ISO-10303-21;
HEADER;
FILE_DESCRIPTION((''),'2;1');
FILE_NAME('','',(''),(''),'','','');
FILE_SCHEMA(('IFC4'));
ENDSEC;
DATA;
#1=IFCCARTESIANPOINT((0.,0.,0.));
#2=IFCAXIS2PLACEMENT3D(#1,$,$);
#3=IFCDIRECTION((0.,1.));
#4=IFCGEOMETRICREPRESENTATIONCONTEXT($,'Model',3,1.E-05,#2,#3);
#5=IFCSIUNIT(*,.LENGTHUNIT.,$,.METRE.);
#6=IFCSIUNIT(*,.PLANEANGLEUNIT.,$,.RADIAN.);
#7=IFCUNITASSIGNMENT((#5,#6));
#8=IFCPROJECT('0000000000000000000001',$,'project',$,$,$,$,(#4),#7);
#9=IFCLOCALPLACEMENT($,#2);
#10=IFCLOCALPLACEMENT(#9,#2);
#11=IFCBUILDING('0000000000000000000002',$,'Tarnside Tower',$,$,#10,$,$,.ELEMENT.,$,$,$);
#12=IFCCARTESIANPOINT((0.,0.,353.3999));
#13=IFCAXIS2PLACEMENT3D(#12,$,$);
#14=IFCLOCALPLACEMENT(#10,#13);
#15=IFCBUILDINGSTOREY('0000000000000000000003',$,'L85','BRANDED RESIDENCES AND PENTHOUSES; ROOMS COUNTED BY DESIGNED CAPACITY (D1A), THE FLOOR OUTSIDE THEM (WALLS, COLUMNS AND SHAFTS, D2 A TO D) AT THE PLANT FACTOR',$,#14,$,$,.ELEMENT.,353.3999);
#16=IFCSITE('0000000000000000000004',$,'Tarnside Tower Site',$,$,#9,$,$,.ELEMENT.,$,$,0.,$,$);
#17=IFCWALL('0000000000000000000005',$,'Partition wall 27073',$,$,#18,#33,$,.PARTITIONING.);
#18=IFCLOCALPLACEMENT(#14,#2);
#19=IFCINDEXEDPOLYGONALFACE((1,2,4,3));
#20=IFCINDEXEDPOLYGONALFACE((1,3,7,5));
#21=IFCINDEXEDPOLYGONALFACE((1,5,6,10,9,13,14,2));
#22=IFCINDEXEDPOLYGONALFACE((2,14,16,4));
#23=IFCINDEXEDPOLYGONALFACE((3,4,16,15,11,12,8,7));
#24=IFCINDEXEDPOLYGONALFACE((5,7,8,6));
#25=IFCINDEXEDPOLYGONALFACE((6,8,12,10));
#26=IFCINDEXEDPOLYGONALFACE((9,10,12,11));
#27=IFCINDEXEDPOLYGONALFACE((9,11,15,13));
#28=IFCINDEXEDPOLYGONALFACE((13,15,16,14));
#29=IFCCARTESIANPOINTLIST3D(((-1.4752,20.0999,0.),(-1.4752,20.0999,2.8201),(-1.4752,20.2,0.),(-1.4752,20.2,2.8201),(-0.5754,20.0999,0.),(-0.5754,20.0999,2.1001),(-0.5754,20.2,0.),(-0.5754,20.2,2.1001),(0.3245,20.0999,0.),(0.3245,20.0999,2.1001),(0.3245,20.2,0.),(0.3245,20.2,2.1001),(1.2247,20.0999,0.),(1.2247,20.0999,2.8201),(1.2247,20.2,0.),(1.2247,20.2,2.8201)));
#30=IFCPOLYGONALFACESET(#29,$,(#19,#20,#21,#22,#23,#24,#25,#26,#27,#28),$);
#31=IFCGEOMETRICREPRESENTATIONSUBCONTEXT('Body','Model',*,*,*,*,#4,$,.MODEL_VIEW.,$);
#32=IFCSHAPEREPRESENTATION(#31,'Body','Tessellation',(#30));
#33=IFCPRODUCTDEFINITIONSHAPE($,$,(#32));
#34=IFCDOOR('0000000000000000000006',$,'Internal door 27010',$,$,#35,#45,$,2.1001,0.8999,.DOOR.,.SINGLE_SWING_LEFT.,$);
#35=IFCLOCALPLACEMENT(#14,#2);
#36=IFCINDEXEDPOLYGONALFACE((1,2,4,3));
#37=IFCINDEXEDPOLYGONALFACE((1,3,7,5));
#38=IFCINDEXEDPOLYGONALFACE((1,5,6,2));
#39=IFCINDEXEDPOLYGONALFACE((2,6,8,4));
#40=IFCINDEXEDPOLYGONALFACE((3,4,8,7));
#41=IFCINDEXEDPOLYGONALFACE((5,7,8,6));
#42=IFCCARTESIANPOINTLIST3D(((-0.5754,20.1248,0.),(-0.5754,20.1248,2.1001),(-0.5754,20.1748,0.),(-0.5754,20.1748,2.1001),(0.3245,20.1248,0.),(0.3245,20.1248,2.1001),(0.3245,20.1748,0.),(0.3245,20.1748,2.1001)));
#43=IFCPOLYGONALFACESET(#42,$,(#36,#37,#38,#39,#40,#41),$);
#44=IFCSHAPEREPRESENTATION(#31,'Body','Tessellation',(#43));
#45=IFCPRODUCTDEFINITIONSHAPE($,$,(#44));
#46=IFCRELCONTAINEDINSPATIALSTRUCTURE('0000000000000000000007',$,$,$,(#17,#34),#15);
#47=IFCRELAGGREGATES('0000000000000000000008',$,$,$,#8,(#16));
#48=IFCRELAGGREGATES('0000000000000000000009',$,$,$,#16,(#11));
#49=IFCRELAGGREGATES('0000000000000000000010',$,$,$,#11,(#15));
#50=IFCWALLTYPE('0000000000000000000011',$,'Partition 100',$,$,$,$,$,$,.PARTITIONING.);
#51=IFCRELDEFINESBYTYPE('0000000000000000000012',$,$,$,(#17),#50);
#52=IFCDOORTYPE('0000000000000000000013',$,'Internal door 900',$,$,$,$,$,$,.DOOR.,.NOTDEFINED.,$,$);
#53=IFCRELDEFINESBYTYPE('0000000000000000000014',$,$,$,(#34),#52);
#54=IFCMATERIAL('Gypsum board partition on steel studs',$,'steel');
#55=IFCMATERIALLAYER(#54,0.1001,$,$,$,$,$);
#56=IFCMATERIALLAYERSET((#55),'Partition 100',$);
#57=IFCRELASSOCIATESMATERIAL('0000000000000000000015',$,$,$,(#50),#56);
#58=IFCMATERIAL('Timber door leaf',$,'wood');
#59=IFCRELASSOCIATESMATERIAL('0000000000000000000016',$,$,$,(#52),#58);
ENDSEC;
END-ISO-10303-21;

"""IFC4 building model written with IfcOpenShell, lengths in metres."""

from ifc_helpers import new_model, si_unit, direction, frame, frame_2d, origin, place, context, subcontext, project, spatial, rectangle, extrude, material, layer, layer_set, type_object, element, fill, save


model = new_model("IFC4")

# Units and contexts
model_context = context("Model", 3, precision=1e-05, world=origin(), true_north=direction((0.0, 1.0)))
body_context = subcontext(model_context, "Body", "Model", "MODEL_VIEW")
ifc_project = project(units=[si_unit("LENGTHUNIT", "METRE"), si_unit("PLANEANGLEUNIT", "RADIAN")], contexts=[model_context])

# Site, building, storey
site_placement = place(None, origin())
site = spatial("IfcSite", under=ifc_project, at=site_placement, Name="Tarnside Tower Site", CompositionType="ELEMENT", RefElevation=0.0)
building_placement = place(site_placement, origin())
building = spatial("IfcBuilding", under=site, at=building_placement, Name="Tarnside Tower", CompositionType="ELEMENT")
storey_placement = place(building_placement, frame((0.0, 0.0, 353.3999)))
storey = spatial("IfcBuildingStorey", under=building, at=storey_placement, Name="L85", Description="BRANDED RESIDENCES AND PENTHOUSES; ROOMS COUNTED BY DESIGNED CAPACITY (D1A), THE FLOOR OUTSIDE THEM (WALLS, COLUMNS AND SHAFTS, D2 A TO D) AT THE PLANT FACTOR", CompositionType="ELEMENT", Elevation=353.3999)

# Shared definitions
ifc_material_1 = material(Name="Gypsum board partition on steel studs", Category="steel")
ifc_material_2 = material(Name="Timber door leaf", Category="wood")

# Shared definitions
ifc_layer_1 = layer(ifc_material_1, 0.1001)
ifc_layer_set_1 = layer_set([ifc_layer_1], Name="Partition 100")
wall_type_1 = type_object("IfcWallType", Name="Partition 100", PredefinedType="PARTITIONING", material=ifc_layer_set_1)

# Wall, opening, door
wall_1_placement = place(storey_placement, frame((-1.4753, 20.1499, 0.0), z_axis=(0.0, 0.0, 1.0), x_axis=(1.0, 0.0, 0.0)))
wall_1 = element("IfcWall", 1, at=wall_1_placement, inside=storey, type_object=wall_type_1, Name="Partition wall 27073", PredefinedType="PARTITIONING", context=body_context, shape_type="SweptSolid", body=[
    extrude(rectangle(XDim=2.7, YDim=0.1001, at=frame_2d((1.3501, 0.0))), origin(), (0.0, 0.0, 1.0), 2.8201),
])
opening_1_placement = place(wall_1_placement, frame((0.8999, 0.0, 0.0)))
opening_1 = element("IfcOpeningElement", 2, at=opening_1_placement, cuts=wall_1, PredefinedType="OPENING", context=body_context, shape_type="SweptSolid", body=[
    extrude(rectangle(XDim=0.8999, YDim=2.1001, at=frame_2d((0.45, 1.05))), frame((0.0, 0.0601, 0.0), z_axis=(0.0, -1.0, 0.0), x_axis=(1.0, 0.0, 0.0)), (0.0, 0.0, 1.0), 0.1201),
])
door_type_1 = type_object("IfcDoorType", Name="Internal door 900", OperationType="NOTDEFINED", PredefinedType="DOOR", material=ifc_material_2)
door_1_placement = place(opening_1_placement, origin())
door_1 = element("IfcDoor", 3, at=door_1_placement, inside=storey, type_object=door_type_1, Name="Internal door 27010", OperationType="SINGLE_SWING_LEFT", OverallHeight=2.1001, OverallWidth=0.8999, PredefinedType="DOOR", context=body_context, shape_type="SweptSolid", body=[
    extrude(rectangle(XDim=0.8999, YDim=2.1001, at=frame_2d((0.45, 1.05))), frame((0.0, 0.0249, 0.0), z_axis=(0.0, -1.0, 0.0), x_axis=(1.0, 0.0, 0.0)), (0.0, 0.0, 1.0), 0.05),
])
fill(opening_1, door_1)

save(model, "model.ifc")
